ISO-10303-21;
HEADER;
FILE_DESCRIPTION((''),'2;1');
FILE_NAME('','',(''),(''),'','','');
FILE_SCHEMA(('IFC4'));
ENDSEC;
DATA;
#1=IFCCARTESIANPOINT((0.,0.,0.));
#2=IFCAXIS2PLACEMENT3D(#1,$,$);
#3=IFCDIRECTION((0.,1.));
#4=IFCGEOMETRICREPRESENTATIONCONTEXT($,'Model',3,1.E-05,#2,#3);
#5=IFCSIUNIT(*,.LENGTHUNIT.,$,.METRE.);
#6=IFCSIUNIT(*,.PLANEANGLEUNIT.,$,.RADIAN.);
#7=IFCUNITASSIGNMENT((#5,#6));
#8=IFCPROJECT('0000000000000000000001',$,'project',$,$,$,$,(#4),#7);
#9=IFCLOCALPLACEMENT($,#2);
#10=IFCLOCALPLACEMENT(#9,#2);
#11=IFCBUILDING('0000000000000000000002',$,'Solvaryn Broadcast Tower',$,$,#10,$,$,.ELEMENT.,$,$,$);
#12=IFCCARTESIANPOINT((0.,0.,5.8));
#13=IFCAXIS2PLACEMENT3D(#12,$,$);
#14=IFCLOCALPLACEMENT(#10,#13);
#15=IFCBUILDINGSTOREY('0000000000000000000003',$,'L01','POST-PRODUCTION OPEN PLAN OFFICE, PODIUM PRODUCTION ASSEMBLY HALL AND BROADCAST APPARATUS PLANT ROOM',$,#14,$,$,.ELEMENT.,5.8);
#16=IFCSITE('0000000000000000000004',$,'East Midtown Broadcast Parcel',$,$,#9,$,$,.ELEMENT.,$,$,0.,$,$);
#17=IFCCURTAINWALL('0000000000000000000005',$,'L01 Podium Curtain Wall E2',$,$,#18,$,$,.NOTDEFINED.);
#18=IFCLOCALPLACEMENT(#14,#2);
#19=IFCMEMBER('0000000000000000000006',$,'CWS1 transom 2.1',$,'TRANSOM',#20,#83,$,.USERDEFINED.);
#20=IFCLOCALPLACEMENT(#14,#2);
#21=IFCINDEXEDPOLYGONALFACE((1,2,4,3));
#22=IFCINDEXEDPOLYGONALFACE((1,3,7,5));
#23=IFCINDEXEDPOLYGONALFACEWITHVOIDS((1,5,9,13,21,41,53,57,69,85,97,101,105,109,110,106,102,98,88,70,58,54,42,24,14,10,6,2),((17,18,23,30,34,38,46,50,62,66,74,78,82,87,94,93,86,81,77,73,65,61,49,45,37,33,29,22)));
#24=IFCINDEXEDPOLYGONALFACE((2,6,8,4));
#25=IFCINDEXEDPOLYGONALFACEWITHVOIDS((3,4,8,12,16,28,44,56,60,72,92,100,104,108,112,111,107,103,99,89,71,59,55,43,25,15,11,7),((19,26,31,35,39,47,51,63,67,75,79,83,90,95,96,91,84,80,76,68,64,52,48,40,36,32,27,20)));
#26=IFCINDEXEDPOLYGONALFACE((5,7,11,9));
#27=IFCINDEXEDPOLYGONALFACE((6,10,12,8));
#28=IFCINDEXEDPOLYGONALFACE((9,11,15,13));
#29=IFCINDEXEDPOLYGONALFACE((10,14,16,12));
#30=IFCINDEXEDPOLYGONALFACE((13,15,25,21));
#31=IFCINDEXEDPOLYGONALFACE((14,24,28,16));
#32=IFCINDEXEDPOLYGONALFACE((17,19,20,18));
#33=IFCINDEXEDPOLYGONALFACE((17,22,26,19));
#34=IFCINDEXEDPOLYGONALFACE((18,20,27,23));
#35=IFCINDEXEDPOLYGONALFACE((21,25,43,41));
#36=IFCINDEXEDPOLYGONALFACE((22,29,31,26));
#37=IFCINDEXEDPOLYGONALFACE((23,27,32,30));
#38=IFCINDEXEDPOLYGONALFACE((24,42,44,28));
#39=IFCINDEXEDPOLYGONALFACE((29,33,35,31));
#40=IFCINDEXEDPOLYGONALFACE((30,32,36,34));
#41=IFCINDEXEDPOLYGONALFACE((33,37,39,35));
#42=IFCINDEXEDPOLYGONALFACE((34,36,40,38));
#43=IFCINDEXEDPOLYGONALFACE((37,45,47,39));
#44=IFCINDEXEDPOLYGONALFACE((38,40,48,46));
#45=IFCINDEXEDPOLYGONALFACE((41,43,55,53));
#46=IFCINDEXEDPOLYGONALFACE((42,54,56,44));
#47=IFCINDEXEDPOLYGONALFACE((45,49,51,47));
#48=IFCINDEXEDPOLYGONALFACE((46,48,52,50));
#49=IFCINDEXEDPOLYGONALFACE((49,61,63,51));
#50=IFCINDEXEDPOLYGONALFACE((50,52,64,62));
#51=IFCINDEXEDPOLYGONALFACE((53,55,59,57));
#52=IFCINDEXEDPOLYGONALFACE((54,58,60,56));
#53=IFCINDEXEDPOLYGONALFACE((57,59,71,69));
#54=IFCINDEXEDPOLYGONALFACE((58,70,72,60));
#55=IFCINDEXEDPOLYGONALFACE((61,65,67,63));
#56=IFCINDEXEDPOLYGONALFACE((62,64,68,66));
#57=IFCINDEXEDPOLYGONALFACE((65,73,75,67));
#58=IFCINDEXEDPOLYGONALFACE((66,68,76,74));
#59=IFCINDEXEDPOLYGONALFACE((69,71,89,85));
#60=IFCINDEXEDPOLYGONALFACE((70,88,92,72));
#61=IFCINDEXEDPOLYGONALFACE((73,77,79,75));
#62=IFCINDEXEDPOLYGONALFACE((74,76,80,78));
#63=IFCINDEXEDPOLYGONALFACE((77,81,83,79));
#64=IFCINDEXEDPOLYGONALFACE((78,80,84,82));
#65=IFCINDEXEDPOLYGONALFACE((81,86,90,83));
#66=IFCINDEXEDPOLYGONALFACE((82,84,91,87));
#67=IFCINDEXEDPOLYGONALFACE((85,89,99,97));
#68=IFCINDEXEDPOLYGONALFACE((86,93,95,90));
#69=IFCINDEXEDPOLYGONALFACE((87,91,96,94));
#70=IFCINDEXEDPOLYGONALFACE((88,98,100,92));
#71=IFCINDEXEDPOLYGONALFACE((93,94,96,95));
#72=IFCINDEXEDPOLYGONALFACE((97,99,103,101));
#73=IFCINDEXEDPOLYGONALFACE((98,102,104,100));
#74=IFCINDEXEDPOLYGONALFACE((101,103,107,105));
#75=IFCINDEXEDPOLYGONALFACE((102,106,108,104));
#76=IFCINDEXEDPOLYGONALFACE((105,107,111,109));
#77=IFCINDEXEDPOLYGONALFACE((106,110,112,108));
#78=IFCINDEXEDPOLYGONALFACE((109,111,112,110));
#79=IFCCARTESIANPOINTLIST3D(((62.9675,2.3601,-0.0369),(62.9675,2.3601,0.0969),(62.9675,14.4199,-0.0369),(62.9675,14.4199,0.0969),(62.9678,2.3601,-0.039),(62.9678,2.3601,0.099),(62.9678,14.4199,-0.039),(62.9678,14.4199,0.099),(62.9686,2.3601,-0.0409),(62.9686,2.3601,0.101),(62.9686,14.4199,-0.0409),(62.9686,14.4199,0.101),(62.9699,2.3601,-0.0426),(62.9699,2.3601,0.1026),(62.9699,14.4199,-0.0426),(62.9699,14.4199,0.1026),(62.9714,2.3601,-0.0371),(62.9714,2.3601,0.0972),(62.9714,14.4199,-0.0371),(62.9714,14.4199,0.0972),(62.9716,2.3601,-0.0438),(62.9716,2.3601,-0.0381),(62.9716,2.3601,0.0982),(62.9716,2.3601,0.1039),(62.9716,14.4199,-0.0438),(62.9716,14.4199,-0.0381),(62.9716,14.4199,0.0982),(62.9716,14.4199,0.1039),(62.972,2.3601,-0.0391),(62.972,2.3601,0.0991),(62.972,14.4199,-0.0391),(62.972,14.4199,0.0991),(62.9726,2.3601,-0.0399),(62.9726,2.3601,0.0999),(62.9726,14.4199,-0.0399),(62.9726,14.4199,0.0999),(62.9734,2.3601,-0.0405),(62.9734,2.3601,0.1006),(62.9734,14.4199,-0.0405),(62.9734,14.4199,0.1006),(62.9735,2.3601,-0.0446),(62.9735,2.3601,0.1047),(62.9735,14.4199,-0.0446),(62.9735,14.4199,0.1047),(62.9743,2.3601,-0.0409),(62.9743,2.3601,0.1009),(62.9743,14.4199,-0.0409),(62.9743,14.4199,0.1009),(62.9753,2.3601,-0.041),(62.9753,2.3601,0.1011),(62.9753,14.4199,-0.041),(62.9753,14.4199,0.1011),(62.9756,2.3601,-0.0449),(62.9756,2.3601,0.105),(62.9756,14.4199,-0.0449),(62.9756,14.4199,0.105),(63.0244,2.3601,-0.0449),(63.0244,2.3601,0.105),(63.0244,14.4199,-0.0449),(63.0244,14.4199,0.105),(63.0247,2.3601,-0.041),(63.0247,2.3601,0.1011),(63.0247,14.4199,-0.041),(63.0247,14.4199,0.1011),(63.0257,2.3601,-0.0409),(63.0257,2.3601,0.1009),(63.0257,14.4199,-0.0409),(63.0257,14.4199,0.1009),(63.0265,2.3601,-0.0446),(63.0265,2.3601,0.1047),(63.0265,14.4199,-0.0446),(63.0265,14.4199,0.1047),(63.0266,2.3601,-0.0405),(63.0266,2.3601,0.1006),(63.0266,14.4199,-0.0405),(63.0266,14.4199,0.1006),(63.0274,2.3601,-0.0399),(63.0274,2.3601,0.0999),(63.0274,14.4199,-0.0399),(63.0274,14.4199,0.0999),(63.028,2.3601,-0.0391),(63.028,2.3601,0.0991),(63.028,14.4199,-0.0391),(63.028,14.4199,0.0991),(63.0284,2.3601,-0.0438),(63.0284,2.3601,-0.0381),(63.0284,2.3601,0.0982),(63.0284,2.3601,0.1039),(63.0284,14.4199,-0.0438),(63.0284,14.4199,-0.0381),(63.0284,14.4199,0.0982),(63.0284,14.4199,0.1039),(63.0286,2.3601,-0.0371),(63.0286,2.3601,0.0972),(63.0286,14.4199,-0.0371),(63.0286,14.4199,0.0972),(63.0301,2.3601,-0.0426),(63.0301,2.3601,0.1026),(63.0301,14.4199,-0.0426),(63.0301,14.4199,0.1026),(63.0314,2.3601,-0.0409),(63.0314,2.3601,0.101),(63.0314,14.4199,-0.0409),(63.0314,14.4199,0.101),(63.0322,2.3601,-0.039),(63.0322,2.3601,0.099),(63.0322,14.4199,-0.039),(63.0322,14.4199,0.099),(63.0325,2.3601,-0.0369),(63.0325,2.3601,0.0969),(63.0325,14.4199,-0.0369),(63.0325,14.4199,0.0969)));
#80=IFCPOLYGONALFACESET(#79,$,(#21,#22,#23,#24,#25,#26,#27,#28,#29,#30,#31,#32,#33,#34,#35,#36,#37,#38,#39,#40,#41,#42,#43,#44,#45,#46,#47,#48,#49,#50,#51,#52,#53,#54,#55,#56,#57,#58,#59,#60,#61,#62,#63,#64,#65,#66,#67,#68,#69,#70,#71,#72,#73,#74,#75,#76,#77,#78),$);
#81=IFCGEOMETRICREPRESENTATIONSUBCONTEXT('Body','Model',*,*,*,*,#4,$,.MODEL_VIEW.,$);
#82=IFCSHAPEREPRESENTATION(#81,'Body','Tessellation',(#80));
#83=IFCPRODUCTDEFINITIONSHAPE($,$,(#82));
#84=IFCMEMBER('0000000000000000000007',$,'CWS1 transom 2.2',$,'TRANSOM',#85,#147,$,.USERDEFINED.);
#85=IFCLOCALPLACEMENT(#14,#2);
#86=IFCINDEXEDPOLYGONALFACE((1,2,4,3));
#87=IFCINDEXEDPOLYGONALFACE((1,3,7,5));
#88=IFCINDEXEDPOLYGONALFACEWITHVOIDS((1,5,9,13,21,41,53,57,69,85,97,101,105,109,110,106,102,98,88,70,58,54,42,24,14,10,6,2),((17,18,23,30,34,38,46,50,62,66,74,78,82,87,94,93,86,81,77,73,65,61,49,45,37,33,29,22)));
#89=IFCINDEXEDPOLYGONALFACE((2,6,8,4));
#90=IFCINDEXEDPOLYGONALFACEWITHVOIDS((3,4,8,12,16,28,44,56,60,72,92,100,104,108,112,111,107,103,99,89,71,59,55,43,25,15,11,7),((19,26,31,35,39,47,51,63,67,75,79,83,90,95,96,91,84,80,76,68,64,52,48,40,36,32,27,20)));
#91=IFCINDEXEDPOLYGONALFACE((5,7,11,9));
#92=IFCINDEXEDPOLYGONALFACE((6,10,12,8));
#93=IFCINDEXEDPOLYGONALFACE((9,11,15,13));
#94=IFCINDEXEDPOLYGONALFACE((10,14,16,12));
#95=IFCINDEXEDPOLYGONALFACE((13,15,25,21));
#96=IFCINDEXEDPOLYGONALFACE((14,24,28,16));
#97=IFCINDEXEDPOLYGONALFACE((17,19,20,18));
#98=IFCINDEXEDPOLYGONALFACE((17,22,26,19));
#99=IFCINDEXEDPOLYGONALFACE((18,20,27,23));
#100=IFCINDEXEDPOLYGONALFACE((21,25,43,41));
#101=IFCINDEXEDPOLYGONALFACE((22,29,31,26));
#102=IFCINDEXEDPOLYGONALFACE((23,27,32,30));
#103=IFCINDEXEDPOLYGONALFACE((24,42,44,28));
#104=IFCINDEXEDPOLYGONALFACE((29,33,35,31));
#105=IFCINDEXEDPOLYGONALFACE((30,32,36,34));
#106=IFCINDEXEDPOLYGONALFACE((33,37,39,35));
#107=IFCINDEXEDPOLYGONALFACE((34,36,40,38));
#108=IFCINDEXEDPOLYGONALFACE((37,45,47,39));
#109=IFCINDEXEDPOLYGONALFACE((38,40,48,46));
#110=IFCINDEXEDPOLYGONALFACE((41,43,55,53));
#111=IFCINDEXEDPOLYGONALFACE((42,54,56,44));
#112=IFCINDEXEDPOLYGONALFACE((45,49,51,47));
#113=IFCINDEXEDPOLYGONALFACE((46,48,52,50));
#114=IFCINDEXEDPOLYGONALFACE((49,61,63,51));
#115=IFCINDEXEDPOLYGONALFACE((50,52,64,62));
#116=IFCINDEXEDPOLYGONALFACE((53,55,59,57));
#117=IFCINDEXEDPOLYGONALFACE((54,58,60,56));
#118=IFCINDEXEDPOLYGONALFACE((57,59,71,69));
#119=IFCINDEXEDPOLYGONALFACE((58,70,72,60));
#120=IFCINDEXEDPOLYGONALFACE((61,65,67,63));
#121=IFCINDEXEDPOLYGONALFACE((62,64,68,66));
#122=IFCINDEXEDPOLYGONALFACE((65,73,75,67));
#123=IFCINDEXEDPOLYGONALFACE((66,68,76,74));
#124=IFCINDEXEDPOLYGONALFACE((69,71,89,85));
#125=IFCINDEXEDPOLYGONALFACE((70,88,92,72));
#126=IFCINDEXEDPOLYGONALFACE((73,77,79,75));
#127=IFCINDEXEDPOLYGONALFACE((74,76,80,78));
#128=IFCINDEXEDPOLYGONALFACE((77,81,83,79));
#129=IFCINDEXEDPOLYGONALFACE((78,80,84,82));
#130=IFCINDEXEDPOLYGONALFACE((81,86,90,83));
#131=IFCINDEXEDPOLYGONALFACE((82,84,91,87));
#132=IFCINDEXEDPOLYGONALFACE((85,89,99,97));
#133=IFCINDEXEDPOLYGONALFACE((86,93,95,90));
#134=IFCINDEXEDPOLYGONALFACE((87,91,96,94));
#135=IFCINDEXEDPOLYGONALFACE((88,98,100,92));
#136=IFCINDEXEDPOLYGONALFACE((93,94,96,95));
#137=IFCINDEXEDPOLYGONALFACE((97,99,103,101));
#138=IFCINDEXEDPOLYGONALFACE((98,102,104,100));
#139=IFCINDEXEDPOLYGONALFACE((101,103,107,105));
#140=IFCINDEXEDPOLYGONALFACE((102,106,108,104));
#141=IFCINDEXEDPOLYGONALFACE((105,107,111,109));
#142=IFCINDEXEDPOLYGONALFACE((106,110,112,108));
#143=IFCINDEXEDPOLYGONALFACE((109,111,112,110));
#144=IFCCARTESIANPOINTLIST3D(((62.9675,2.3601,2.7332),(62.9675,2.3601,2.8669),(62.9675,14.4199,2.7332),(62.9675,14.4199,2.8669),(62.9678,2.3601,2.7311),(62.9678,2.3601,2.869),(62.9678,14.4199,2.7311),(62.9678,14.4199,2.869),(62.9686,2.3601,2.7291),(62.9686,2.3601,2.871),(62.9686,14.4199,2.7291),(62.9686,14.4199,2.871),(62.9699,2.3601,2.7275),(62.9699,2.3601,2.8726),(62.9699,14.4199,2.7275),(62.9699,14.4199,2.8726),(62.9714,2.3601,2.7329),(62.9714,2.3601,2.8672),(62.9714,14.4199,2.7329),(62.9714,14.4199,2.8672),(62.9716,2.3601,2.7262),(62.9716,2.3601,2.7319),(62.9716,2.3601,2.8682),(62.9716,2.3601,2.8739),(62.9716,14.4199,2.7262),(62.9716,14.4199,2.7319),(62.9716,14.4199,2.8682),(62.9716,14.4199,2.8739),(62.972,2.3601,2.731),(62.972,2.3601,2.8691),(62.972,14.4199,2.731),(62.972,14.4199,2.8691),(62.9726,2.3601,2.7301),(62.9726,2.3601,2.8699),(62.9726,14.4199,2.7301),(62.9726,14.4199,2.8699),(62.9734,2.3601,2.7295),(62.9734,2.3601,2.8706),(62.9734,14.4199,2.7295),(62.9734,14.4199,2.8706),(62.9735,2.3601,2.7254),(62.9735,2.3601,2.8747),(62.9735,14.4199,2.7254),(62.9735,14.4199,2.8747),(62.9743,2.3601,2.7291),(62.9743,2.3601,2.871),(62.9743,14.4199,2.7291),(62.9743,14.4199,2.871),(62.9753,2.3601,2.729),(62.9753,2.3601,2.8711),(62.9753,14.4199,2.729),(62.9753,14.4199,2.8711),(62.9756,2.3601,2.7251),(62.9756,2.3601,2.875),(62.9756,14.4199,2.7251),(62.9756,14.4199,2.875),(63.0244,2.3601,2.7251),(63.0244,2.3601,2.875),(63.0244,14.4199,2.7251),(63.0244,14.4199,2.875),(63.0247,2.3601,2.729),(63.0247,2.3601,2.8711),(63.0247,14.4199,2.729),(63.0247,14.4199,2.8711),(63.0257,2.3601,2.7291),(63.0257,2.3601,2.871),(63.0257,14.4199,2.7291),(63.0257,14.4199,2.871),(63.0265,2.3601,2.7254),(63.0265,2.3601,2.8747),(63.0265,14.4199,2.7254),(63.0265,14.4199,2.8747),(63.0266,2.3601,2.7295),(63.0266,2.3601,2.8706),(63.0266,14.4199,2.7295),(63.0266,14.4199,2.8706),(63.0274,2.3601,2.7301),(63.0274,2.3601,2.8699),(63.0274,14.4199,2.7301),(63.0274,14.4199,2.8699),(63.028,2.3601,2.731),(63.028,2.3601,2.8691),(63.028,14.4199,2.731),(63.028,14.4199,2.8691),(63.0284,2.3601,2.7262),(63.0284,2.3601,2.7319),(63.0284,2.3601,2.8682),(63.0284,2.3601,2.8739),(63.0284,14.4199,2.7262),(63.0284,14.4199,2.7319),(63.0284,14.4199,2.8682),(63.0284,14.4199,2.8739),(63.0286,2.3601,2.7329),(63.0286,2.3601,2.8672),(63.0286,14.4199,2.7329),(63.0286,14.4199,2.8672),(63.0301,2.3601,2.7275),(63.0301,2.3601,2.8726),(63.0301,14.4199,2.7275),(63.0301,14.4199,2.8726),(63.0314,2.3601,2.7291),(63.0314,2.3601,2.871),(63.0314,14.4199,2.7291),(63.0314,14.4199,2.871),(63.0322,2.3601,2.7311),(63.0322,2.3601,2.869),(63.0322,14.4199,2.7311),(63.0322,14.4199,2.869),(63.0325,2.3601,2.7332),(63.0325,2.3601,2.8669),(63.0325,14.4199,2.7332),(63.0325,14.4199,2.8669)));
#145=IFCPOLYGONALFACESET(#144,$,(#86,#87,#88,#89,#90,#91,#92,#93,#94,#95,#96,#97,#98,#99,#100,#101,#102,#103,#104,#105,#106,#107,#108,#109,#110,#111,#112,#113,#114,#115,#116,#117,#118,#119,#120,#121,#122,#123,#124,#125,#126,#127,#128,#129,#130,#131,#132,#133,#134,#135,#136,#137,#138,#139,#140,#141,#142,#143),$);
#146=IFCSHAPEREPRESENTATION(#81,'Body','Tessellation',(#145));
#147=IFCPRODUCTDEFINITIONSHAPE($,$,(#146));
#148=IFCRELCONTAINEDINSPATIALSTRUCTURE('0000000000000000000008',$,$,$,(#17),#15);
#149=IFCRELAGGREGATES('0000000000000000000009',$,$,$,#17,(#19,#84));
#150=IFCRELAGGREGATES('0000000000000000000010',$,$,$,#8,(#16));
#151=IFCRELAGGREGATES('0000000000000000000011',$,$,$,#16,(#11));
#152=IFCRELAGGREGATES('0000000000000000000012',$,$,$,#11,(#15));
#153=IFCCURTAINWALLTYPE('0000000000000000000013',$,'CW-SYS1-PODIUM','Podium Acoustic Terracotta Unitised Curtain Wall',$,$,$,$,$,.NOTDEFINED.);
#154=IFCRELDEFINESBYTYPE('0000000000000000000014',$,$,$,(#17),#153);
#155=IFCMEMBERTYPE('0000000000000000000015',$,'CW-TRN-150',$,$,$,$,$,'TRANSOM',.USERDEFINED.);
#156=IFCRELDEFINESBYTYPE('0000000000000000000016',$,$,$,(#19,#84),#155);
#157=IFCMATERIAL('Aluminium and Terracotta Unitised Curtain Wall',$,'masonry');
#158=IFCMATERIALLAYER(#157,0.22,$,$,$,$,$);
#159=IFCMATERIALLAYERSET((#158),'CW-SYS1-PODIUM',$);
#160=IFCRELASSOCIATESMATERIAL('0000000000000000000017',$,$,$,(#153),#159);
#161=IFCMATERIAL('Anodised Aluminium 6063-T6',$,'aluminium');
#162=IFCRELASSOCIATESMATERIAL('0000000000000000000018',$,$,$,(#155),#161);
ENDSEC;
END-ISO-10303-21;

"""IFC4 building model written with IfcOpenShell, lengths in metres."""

from ifc_helpers import new_model, si_unit, direction, frame, origin, origin_2d, place, context, subcontext, project, spatial, hollow_rectangle, extrude, material, layer, layer_set, material_profile, profile_set, type_object, element, aggregate, save


model = new_model("IFC4")

# Units and contexts
model_context = context("Model", 3, precision=1e-05, world=origin(), true_north=direction((0.0, 1.0)))
body_context = subcontext(model_context, "Body", "Model", "MODEL_VIEW")
ifc_project = project(units=[si_unit("LENGTHUNIT", "METRE"), si_unit("PLANEANGLEUNIT", "RADIAN")], contexts=[model_context])

# Site, building, storey
site_placement = place(None, origin())
site = spatial("IfcSite", under=ifc_project, at=site_placement, Name="East Midtown Broadcast Parcel", CompositionType="ELEMENT", RefElevation=0.0)
building_placement = place(site_placement, origin())
building = spatial("IfcBuilding", under=site, at=building_placement, Name="Solvaryn Broadcast Tower", CompositionType="ELEMENT")
storey_placement = place(building_placement, frame((0.0, 0.0, 5.8)))
storey = spatial("IfcBuildingStorey", under=building, at=storey_placement, Name="L01", Description="POST-PRODUCTION OPEN PLAN OFFICE, PODIUM PRODUCTION ASSEMBLY HALL AND BROADCAST APPARATUS PLANT ROOM", CompositionType="ELEMENT", Elevation=5.8)

# Shared definitions
ifc_material_1 = material(Name="Aluminium and Terracotta Unitised Curtain Wall", Category="masonry")
ifc_layer_1 = layer(ifc_material_1, 0.22)
ifc_layer_set_1 = layer_set([ifc_layer_1], Name="CW-SYS1-PODIUM")
curtain_wall_type = type_object("IfcCurtainWallType", Name="CW-SYS1-PODIUM", Description="Podium Acoustic Terracotta Unitised Curtain Wall", PredefinedType="NOTDEFINED", material=ifc_layer_set_1)

# Curtain wall
curtain_wall_1_placement = place(storey_placement, origin())
curtain_wall_1 = element("IfcCurtainWall", 1, at=curtain_wall_1_placement, inside=storey, type_object=curtain_wall_type, Name="L01 Podium Curtain Wall E2", PredefinedType="NOTDEFINED")

# Members
ifc_material_2 = material(Name="Anodised Aluminium 6063-T6", Category="aluminium")
ifc_material_profile_1 = material_profile(ifc_material_2, hollow_rectangle(XDim=0.0649, YDim=0.1499, WallThickness=0.0039, InnerFilletRadius=0.0039, OuterFilletRadius=0.0081, at=origin_2d()))
ifc_profile_set_1 = profile_set([ifc_material_profile_1], Name="Anodised Aluminium 6063-T6")
member_type_1 = type_object("IfcMemberType", Name="CW-TRN-150", ElementType="TRANSOM", PredefinedType="USERDEFINED", material=ifc_profile_set_1)
member_1_placement = place(storey_placement, frame((63.0, 14.4199, 0.03), z_axis=(0.0, -1.0, 0.0), x_axis=(1.0, 0.0, 0.0)))
member_1 = element("IfcMember", 2, at=member_1_placement, type_object=member_type_1, Name="CWS1 transom 2.1", ObjectType="TRANSOM", PredefinedType="USERDEFINED", context=body_context, shape_type="SweptSolid", body=[
    extrude(hollow_rectangle(XDim=0.0649, YDim=0.1499, WallThickness=0.0039, InnerFilletRadius=0.0039, OuterFilletRadius=0.0081, at=origin_2d()), origin(), (0.0, 0.0, 1.0), 12.0598),
])
member_2_placement = place(storey_placement, frame((63.0, 14.4199, 2.8), z_axis=(0.0, -1.0, 0.0), x_axis=(1.0, 0.0, 0.0)))
member_2 = element("IfcMember", 3, at=member_2_placement, type_object=member_type_1, Name="CWS1 transom 2.2", ObjectType="TRANSOM", PredefinedType="USERDEFINED", context=body_context, shape_type="SweptSolid", body=[
    extrude(hollow_rectangle(XDim=0.0649, YDim=0.1499, WallThickness=0.0039, InnerFilletRadius=0.0039, OuterFilletRadius=0.0081, at=origin_2d()), origin(), (0.0, 0.0, 1.0), 12.0598),
])

aggregate(curtain_wall_1, [member_1, member_2])

save(model, "model.ifc")
